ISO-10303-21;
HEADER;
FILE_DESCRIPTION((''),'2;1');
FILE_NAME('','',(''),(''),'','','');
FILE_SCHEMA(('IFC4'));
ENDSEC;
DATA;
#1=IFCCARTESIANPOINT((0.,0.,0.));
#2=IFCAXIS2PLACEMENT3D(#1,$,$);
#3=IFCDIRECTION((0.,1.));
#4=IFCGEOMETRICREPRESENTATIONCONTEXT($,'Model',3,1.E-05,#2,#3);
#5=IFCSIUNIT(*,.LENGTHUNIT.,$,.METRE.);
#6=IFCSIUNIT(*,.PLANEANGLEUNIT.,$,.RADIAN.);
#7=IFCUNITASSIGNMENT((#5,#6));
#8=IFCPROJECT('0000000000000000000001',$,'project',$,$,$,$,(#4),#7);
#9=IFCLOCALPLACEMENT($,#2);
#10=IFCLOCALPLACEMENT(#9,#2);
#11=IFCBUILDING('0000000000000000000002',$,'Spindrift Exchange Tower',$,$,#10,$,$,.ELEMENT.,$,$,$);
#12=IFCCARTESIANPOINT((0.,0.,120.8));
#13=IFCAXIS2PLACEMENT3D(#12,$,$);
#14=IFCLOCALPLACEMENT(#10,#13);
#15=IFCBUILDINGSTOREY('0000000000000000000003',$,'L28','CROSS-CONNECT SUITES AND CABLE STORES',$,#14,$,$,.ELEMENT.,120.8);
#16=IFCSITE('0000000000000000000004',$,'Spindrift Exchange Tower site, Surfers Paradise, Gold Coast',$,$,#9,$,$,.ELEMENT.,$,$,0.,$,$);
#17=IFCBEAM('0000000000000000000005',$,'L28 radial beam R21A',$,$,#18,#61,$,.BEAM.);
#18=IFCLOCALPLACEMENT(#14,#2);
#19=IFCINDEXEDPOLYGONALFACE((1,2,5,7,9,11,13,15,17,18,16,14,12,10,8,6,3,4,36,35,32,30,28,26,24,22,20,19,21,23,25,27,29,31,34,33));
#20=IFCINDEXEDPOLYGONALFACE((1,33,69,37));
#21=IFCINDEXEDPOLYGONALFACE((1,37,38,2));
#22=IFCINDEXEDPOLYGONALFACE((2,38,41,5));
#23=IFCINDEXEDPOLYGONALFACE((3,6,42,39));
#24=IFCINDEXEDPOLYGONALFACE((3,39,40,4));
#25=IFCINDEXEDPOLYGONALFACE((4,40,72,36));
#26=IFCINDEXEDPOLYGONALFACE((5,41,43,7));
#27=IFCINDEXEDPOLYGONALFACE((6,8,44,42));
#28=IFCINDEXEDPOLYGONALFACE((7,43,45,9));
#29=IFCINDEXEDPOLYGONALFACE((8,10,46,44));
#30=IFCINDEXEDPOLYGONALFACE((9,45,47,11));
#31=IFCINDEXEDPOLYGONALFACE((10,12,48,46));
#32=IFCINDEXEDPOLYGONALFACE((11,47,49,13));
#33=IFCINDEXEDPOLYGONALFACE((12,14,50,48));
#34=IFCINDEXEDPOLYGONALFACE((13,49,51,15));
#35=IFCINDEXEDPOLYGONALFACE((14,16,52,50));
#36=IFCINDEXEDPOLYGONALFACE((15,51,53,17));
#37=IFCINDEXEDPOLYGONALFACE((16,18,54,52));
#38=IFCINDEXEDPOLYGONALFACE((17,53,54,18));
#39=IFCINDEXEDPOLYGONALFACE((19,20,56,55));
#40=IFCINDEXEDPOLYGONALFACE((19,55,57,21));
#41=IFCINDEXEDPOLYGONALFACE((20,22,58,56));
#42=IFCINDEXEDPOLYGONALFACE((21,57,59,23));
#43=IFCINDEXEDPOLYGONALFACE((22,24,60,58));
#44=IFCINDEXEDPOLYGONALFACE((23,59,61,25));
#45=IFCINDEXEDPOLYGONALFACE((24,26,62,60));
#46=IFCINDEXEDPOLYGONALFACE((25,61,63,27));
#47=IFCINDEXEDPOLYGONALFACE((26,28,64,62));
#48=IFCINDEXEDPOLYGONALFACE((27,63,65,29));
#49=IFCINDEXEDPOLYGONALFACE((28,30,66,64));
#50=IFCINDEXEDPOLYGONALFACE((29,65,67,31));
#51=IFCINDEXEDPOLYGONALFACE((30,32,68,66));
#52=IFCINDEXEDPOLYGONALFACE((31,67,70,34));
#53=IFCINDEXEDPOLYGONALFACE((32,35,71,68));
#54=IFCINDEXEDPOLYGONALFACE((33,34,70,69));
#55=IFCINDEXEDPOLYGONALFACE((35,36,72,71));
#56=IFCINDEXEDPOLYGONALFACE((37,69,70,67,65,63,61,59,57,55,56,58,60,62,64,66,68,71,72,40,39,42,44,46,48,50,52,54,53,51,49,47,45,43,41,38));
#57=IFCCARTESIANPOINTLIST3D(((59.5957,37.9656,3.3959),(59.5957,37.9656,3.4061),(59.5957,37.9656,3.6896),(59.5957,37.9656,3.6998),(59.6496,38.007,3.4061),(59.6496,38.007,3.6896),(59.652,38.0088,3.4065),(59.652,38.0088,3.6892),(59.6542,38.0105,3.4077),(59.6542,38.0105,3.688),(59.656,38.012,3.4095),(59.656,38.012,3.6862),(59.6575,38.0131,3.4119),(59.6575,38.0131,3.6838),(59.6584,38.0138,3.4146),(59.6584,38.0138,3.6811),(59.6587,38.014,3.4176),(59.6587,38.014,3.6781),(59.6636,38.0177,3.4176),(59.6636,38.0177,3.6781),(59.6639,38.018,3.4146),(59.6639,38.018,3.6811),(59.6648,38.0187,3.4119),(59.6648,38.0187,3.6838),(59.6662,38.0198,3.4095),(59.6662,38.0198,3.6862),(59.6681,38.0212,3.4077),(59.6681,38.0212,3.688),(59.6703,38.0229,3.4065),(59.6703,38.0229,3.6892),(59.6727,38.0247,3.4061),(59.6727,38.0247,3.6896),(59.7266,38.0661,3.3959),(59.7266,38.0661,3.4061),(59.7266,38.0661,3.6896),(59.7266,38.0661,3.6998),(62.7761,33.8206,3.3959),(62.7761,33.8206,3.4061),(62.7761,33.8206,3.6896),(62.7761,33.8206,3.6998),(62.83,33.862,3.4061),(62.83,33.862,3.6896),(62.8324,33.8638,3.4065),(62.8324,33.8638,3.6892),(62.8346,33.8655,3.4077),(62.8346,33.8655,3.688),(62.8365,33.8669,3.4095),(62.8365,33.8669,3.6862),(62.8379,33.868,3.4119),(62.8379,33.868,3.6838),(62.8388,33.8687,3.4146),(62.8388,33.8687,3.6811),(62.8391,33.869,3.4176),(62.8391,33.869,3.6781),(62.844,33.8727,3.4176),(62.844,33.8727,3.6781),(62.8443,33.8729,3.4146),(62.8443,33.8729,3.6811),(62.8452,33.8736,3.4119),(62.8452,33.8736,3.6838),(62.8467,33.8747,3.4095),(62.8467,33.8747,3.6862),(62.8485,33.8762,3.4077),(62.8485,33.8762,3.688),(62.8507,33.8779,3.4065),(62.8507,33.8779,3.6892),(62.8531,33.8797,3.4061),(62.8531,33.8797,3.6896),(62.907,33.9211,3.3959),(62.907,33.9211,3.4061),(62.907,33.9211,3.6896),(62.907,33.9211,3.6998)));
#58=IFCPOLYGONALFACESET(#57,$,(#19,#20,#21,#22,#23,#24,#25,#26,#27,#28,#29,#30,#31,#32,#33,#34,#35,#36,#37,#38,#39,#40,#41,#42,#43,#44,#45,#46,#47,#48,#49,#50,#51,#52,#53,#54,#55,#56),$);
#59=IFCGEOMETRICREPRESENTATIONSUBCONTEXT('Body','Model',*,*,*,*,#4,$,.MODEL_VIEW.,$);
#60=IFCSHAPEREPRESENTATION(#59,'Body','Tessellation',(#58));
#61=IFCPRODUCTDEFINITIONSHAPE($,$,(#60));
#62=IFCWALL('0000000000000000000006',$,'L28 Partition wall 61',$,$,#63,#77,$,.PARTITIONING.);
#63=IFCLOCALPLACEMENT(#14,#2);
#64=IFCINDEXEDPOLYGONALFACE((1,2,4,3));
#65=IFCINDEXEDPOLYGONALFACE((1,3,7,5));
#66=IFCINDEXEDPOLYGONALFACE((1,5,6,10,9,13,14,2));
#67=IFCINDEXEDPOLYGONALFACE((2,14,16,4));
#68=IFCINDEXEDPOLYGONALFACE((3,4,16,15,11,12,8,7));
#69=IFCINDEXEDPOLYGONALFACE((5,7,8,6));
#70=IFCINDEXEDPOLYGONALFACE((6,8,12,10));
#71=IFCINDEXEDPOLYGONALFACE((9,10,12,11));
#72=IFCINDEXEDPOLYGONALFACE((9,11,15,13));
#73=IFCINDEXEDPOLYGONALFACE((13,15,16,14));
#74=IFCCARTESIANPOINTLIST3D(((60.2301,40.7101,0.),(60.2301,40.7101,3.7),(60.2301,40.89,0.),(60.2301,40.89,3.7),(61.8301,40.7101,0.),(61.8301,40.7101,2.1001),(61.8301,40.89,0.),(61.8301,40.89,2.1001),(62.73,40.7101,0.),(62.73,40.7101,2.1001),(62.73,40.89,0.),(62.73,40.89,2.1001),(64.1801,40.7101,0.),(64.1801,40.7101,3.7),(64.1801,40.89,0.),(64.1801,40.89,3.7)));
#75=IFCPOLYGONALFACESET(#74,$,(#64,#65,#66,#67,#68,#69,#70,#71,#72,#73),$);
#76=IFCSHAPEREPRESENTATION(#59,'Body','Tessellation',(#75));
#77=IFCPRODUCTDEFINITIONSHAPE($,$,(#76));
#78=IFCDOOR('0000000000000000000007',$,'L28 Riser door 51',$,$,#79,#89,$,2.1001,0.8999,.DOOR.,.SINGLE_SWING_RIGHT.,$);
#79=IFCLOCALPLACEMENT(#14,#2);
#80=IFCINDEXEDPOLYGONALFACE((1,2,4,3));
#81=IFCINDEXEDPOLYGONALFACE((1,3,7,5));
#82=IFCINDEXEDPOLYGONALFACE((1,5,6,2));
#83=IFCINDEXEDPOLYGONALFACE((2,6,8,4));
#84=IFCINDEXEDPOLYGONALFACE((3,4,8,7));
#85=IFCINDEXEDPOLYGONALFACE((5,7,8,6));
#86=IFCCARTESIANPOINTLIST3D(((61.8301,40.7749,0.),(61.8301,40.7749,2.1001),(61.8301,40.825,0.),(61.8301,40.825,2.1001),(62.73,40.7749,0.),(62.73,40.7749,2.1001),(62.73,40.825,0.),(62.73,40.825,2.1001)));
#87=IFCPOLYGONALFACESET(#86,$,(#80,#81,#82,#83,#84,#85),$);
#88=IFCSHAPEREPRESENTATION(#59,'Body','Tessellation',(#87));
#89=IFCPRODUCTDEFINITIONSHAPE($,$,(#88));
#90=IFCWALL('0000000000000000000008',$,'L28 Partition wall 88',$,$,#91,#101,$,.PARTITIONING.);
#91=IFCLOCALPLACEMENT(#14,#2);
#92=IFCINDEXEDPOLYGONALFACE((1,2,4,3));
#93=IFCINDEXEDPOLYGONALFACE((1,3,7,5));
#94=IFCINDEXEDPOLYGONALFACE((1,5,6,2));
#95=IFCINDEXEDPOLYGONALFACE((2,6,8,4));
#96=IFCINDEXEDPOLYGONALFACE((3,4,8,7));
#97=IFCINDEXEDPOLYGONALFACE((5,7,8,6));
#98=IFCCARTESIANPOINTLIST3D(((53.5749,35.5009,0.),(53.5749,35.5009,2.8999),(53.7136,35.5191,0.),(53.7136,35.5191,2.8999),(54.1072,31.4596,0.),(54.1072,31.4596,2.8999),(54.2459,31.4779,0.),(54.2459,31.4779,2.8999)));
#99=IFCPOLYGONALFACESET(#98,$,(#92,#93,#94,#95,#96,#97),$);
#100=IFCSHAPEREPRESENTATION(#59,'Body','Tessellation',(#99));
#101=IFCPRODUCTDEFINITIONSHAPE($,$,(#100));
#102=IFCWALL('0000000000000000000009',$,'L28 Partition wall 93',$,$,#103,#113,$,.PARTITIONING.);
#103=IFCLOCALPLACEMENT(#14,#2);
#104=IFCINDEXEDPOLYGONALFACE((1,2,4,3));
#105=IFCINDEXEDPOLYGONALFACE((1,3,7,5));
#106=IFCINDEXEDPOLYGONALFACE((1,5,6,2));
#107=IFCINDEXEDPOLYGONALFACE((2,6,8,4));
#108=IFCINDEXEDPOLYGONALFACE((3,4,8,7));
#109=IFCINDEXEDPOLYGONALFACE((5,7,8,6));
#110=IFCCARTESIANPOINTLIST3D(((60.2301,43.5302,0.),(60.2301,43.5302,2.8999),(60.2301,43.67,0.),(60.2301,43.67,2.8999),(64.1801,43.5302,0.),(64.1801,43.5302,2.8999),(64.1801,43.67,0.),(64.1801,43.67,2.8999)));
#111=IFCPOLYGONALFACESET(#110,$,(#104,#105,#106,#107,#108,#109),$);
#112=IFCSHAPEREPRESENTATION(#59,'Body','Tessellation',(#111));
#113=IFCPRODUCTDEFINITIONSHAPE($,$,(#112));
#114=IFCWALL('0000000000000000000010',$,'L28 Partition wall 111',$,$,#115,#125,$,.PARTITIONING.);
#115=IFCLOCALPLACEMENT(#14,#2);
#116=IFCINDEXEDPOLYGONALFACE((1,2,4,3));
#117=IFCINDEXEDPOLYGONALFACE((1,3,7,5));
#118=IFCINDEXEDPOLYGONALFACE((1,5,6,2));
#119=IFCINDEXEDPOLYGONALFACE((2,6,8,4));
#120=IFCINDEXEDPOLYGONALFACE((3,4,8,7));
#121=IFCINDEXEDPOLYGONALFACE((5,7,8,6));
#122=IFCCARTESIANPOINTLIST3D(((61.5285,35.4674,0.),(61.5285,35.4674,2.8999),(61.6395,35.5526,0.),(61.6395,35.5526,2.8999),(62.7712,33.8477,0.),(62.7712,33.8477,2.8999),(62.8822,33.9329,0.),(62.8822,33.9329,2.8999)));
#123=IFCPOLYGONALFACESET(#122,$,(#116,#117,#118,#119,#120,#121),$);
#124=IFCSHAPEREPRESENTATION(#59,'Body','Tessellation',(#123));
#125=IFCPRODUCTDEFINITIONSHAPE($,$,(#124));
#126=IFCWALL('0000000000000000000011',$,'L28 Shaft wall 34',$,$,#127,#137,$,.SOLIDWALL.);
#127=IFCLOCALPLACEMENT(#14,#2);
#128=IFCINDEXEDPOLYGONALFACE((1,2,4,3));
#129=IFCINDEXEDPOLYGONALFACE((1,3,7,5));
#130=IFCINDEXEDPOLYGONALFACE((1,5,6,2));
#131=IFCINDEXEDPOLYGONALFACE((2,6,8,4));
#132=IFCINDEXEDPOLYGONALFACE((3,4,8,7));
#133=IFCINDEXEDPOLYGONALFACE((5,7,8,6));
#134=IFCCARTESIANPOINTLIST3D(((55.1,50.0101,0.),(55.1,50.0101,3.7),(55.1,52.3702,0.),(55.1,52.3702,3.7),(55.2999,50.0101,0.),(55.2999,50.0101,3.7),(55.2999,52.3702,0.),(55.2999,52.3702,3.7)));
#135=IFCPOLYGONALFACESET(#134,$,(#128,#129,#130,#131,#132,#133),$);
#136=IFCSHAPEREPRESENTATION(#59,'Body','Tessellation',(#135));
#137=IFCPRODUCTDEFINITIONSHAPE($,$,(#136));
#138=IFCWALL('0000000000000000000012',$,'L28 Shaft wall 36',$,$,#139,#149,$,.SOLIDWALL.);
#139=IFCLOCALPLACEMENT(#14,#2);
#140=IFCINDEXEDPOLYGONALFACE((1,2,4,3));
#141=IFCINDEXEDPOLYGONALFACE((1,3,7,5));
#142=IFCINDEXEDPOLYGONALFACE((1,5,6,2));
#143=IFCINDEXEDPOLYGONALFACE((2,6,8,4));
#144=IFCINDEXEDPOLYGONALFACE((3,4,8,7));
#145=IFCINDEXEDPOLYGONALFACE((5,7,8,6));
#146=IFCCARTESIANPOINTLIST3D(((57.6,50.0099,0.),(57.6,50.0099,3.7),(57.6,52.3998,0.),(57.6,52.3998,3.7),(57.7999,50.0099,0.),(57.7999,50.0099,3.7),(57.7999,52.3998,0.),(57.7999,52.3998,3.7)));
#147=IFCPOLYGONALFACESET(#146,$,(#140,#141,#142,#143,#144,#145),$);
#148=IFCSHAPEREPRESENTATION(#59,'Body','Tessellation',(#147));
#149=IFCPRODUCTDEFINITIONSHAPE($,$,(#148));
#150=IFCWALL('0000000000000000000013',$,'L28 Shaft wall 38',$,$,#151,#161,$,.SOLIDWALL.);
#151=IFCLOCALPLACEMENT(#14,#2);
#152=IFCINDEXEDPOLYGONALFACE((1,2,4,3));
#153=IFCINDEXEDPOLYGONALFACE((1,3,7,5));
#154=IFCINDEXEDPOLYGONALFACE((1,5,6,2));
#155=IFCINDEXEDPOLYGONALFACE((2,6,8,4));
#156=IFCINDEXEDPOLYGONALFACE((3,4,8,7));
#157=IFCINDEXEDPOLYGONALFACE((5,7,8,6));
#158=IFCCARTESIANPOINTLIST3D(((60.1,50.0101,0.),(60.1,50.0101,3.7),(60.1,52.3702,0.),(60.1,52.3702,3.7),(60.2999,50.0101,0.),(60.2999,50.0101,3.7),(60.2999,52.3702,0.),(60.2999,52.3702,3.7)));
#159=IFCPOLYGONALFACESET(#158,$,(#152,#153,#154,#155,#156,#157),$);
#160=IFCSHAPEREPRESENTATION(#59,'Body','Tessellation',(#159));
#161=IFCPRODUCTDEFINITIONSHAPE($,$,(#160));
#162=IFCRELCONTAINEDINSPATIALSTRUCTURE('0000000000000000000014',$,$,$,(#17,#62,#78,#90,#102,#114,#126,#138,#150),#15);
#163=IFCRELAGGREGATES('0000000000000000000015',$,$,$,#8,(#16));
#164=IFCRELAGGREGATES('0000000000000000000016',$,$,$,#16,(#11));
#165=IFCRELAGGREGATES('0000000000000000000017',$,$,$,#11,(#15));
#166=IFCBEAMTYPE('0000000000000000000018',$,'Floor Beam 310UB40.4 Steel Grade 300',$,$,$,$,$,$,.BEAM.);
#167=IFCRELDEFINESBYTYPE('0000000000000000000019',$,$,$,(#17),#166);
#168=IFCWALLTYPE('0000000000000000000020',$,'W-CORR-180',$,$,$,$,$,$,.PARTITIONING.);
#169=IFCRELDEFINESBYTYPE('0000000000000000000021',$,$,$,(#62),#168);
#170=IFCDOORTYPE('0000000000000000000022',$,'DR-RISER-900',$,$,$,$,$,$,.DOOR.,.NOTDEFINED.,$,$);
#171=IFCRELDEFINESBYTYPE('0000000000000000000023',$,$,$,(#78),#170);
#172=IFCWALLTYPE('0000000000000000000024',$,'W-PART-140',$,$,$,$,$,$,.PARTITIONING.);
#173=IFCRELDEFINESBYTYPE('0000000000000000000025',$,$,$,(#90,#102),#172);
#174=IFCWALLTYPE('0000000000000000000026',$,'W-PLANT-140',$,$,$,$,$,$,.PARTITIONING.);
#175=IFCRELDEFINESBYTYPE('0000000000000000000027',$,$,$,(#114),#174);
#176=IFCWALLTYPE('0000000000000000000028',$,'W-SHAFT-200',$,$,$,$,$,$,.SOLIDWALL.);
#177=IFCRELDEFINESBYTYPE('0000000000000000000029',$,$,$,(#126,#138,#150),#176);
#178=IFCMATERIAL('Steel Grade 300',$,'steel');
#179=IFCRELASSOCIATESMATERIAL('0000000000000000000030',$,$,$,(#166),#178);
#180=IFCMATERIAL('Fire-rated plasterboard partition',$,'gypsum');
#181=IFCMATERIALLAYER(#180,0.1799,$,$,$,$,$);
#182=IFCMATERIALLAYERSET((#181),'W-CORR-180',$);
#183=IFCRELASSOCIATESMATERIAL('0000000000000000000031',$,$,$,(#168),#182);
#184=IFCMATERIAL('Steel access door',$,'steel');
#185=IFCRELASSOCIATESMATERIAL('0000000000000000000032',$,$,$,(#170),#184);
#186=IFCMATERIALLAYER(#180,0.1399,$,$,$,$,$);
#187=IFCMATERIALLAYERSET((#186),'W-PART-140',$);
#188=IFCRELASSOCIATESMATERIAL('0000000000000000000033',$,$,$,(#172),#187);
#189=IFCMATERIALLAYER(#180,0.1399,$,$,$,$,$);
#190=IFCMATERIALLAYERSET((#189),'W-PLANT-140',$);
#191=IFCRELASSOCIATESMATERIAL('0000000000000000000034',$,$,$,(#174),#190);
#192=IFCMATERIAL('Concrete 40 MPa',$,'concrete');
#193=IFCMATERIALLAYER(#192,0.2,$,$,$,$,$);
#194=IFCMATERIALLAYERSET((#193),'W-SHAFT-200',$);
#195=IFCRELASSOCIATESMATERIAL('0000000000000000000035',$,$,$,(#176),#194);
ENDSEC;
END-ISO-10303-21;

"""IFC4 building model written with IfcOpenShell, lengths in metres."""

from ifc_helpers import new_model, si_unit, direction, frame, frame_2d, origin, origin_2d, place, context, subcontext, project, spatial, rectangle, i_section, extrude, source, transform, mapped, material, layer, layer_set, material_profile, profile_set, type_object, element, fill, save


model = new_model("IFC4")

# Units and contexts
model_context = context("Model", 3, precision=1e-05, world=origin(), true_north=direction((0.0, 1.0)))
body_context = subcontext(model_context, "Body", "Model", "MODEL_VIEW")
ifc_project = project(units=[si_unit("LENGTHUNIT", "METRE"), si_unit("PLANEANGLEUNIT", "RADIAN")], contexts=[model_context])

# Site, building, storey
site_placement = place(None, origin())
site = spatial("IfcSite", under=ifc_project, at=site_placement, Name="Spindrift Exchange Tower site, Surfers Paradise, Gold Coast", CompositionType="ELEMENT", RefElevation=0.0)
building_placement = place(site_placement, origin())
building = spatial("IfcBuilding", under=site, at=building_placement, Name="Spindrift Exchange Tower", CompositionType="ELEMENT")
storey_placement = place(building_placement, frame((0.0, 0.0, 120.8)))
storey = spatial("IfcBuildingStorey", under=building, at=storey_placement, Name="L28", Description="CROSS-CONNECT SUITES AND CABLE STORES", CompositionType="ELEMENT", Elevation=120.8)

# Beam
ifc_material_1 = material(Name="Steel Grade 300", Category="steel")
ifc_material_profile_1 = material_profile(ifc_material_1, i_section(OverallWidth=0.165, OverallDepth=0.304, WebThickness=0.0061, FlangeThickness=0.0103, FilletRadius=0.0115, at=origin_2d()), Name="310UB40.4")
ifc_profile_set_1 = profile_set([ifc_material_profile_1], Name="Steel Grade 300")
beam_type_1 = type_object("IfcBeamType", Name="Floor Beam 310UB40.4 Steel Grade 300", PredefinedType="BEAM", material=ifc_profile_set_1)
shared_shape_1 = source(origin(), body_context, "Body", "SweptSolid", [
    extrude(i_section(OverallWidth=0.165, OverallDepth=0.304, WebThickness=0.0061, FlangeThickness=0.0103, FilletRadius=0.0115, at=origin_2d()), origin(), (0.0, 0.0, 1.0), 5.2246),
])
beam_1_placement = place(storey_placement, frame((59.6611, 38.0159, 3.5479), z_axis=(0.608741, -0.793369, 0.0), x_axis=(0.793369, 0.608741, 0.0)))
element("IfcBeam", 1, at=beam_1_placement, inside=storey, type_object=beam_type_1, Name="L28 radial beam R21A", PredefinedType="BEAM", context=body_context, shape_type="MappedRepresentation", body=[
    mapped(shared_shape_1, transform((0.0, 0.0, 0.0), scale=1.0)),
])

# Wall, opening, door
ifc_material_2 = material(Name="Fire-rated plasterboard partition", Category="gypsum")
ifc_layer_1 = layer(ifc_material_2, 0.1799)
ifc_layer_set_1 = layer_set([ifc_layer_1], Name="W-CORR-180")
wall_type_1 = type_object("IfcWallType", Name="W-CORR-180", PredefinedType="PARTITIONING", material=ifc_layer_set_1)
wall_1_placement = place(storey_placement, frame((60.23, 40.8, 0.0), z_axis=(0.0, 0.0, 1.0), x_axis=(1.0, 0.0, 0.0)))
wall_1 = element("IfcWall", 2, at=wall_1_placement, inside=storey, type_object=wall_type_1, Name="L28 Partition wall 61", PredefinedType="PARTITIONING", context=body_context, shape_type="SweptSolid", body=[
    extrude(rectangle(XDim=3.95, YDim=0.1799, at=frame_2d((1.9751, 0.0))), origin(), (0.0, 0.0, 1.0), 3.7),
])
opening_1_placement = place(wall_1_placement, frame((1.6001, 0.0, 0.0)))
opening_1 = element("IfcOpeningElement", 3, at=opening_1_placement, cuts=wall_1, PredefinedType="OPENING", context=body_context, shape_type="SweptSolid", body=[
    extrude(rectangle(XDim=0.8999, YDim=2.1001, at=frame_2d((0.45, 1.05))), frame((0.0, 0.0999, 0.0), z_axis=(0.0, -1.0, 0.0), x_axis=(1.0, 0.0, 0.0)), (0.0, 0.0, 1.0), 0.2),
])
ifc_material_3 = material(Name="Steel access door", Category="steel")
door_type_1 = type_object("IfcDoorType", Name="DR-RISER-900", OperationType="NOTDEFINED", PredefinedType="DOOR", material=ifc_material_3)
shared_shape_2 = source(origin(), body_context, "Body", "SweptSolid", [
    extrude(rectangle(XDim=0.8999, YDim=2.1001, at=frame_2d((0.45, 1.05))), frame((0.0, 0.0249, 0.0), z_axis=(0.0, -1.0, 0.0), x_axis=(1.0, 0.0, 0.0)), (0.0, 0.0, 1.0), 0.05),
])
door_1_placement = place(opening_1_placement, origin())
door_1 = element("IfcDoor", 4, at=door_1_placement, inside=storey, type_object=door_type_1, Name="L28 Riser door 51", OperationType="SINGLE_SWING_RIGHT", OverallHeight=2.1001, OverallWidth=0.8999, PredefinedType="DOOR", context=body_context, shape_type="MappedRepresentation", body=[
    mapped(shared_shape_2, transform((0.0, 0.0, 0.0), scale=1.0)),
])
fill(opening_1, door_1)

# Walls
ifc_layer_2 = layer(ifc_material_2, 0.1399)
ifc_layer_set_2 = layer_set([ifc_layer_2], Name="W-PART-140")
wall_type_2 = type_object("IfcWallType", Name="W-PART-140", PredefinedType="PARTITIONING", material=ifc_layer_set_2)
wall_2_placement = place(storey_placement, frame((53.6443, 35.51, 0.0), z_axis=(0.0, 0.0, 1.0), x_axis=(0.130571, -0.991439, 0.0)))
element("IfcWall", 5, at=wall_2_placement, inside=storey, type_object=wall_type_2, Name="L28 Partition wall 88", PredefinedType="PARTITIONING", context=body_context, shape_type="SweptSolid", body=[
    extrude(rectangle(XDim=4.0762, YDim=0.1399, at=frame_2d((2.0381, 0.0))), origin(), (0.0, 0.0, 1.0), 2.8999),
])
wall_3_placement = place(storey_placement, frame((60.23, 43.6001, 0.0), z_axis=(0.0, 0.0, 1.0), x_axis=(1.0, 0.0, 0.0)))
element("IfcWall", 6, at=wall_3_placement, inside=storey, type_object=wall_type_2, Name="L28 Partition wall 93", PredefinedType="PARTITIONING", context=body_context, shape_type="SweptSolid", body=[
    extrude(rectangle(XDim=3.95, YDim=0.1399, at=frame_2d((1.9751, 0.0))), origin(), (0.0, 0.0, 1.0), 2.8999),
])
ifc_layer_3 = layer(ifc_material_2, 0.1399)
ifc_layer_set_3 = layer_set([ifc_layer_3], Name="W-PLANT-140")
wall_type_3 = type_object("IfcWallType", Name="W-PLANT-140", PredefinedType="PARTITIONING", material=ifc_layer_set_3)
wall_4_placement = place(storey_placement, frame((61.584, 35.51, 0.0), z_axis=(0.0, 0.0, 1.0), x_axis=(0.608728, -0.793379, 0.0)))
element("IfcWall", 7, at=wall_4_placement, inside=storey, type_object=wall_type_3, Name="L28 Partition wall 111", PredefinedType="PARTITIONING", context=body_context, shape_type="SweptSolid", body=[
    extrude(rectangle(XDim=2.0415, YDim=0.1399, at=frame_2d((1.0208, 0.0))), origin(), (0.0, 0.0, 1.0), 2.8999),
])
ifc_material_4 = material(Name="Concrete 40 MPa", Category="concrete")
ifc_layer_4 = layer(ifc_material_4, 0.2)
ifc_layer_set_4 = layer_set([ifc_layer_4], Name="W-SHAFT-200")
wall_type_4 = type_object("IfcWallType", Name="W-SHAFT-200", PredefinedType="SOLIDWALL", material=ifc_layer_set_4)
wall_5_placement = place(storey_placement, frame((55.2, 50.01, 0.0), z_axis=(0.0, 0.0, 1.0), x_axis=(0.0, 1.0, 0.0)))
element("IfcWall", 8, at=wall_5_placement, inside=storey, type_object=wall_type_4, Name="L28 Shaft wall 34", PredefinedType="SOLIDWALL", context=body_context, shape_type="SweptSolid", body=[
    extrude(rectangle(XDim=2.3601, YDim=0.2, at=frame_2d((1.1802, 0.0))), origin(), (0.0, 0.0, 1.0), 3.7),
])
wall_6_placement = place(storey_placement, frame((57.7, 50.01, 0.0), z_axis=(0.0, 0.0, 1.0), x_axis=(0.0, 1.0, 0.0)))
element("IfcWall", 9, at=wall_6_placement, inside=storey, type_object=wall_type_4, Name="L28 Shaft wall 36", PredefinedType="SOLIDWALL", context=body_context, shape_type="SweptSolid", body=[
    extrude(rectangle(XDim=2.3899, YDim=0.2, at=frame_2d((1.1948, 0.0))), origin(), (0.0, 0.0, 1.0), 3.7),
])
wall_7_placement = place(storey_placement, frame((60.2, 50.01, 0.0), z_axis=(0.0, 0.0, 1.0), x_axis=(0.0, 1.0, 0.0)))
element("IfcWall", 10, at=wall_7_placement, inside=storey, type_object=wall_type_4, Name="L28 Shaft wall 38", PredefinedType="SOLIDWALL", context=body_context, shape_type="SweptSolid", body=[
    extrude(rectangle(XDim=2.3601, YDim=0.2, at=frame_2d((1.1802, 0.0))), origin(), (0.0, 0.0, 1.0), 3.7),
])

save(model, "model.ifc")
